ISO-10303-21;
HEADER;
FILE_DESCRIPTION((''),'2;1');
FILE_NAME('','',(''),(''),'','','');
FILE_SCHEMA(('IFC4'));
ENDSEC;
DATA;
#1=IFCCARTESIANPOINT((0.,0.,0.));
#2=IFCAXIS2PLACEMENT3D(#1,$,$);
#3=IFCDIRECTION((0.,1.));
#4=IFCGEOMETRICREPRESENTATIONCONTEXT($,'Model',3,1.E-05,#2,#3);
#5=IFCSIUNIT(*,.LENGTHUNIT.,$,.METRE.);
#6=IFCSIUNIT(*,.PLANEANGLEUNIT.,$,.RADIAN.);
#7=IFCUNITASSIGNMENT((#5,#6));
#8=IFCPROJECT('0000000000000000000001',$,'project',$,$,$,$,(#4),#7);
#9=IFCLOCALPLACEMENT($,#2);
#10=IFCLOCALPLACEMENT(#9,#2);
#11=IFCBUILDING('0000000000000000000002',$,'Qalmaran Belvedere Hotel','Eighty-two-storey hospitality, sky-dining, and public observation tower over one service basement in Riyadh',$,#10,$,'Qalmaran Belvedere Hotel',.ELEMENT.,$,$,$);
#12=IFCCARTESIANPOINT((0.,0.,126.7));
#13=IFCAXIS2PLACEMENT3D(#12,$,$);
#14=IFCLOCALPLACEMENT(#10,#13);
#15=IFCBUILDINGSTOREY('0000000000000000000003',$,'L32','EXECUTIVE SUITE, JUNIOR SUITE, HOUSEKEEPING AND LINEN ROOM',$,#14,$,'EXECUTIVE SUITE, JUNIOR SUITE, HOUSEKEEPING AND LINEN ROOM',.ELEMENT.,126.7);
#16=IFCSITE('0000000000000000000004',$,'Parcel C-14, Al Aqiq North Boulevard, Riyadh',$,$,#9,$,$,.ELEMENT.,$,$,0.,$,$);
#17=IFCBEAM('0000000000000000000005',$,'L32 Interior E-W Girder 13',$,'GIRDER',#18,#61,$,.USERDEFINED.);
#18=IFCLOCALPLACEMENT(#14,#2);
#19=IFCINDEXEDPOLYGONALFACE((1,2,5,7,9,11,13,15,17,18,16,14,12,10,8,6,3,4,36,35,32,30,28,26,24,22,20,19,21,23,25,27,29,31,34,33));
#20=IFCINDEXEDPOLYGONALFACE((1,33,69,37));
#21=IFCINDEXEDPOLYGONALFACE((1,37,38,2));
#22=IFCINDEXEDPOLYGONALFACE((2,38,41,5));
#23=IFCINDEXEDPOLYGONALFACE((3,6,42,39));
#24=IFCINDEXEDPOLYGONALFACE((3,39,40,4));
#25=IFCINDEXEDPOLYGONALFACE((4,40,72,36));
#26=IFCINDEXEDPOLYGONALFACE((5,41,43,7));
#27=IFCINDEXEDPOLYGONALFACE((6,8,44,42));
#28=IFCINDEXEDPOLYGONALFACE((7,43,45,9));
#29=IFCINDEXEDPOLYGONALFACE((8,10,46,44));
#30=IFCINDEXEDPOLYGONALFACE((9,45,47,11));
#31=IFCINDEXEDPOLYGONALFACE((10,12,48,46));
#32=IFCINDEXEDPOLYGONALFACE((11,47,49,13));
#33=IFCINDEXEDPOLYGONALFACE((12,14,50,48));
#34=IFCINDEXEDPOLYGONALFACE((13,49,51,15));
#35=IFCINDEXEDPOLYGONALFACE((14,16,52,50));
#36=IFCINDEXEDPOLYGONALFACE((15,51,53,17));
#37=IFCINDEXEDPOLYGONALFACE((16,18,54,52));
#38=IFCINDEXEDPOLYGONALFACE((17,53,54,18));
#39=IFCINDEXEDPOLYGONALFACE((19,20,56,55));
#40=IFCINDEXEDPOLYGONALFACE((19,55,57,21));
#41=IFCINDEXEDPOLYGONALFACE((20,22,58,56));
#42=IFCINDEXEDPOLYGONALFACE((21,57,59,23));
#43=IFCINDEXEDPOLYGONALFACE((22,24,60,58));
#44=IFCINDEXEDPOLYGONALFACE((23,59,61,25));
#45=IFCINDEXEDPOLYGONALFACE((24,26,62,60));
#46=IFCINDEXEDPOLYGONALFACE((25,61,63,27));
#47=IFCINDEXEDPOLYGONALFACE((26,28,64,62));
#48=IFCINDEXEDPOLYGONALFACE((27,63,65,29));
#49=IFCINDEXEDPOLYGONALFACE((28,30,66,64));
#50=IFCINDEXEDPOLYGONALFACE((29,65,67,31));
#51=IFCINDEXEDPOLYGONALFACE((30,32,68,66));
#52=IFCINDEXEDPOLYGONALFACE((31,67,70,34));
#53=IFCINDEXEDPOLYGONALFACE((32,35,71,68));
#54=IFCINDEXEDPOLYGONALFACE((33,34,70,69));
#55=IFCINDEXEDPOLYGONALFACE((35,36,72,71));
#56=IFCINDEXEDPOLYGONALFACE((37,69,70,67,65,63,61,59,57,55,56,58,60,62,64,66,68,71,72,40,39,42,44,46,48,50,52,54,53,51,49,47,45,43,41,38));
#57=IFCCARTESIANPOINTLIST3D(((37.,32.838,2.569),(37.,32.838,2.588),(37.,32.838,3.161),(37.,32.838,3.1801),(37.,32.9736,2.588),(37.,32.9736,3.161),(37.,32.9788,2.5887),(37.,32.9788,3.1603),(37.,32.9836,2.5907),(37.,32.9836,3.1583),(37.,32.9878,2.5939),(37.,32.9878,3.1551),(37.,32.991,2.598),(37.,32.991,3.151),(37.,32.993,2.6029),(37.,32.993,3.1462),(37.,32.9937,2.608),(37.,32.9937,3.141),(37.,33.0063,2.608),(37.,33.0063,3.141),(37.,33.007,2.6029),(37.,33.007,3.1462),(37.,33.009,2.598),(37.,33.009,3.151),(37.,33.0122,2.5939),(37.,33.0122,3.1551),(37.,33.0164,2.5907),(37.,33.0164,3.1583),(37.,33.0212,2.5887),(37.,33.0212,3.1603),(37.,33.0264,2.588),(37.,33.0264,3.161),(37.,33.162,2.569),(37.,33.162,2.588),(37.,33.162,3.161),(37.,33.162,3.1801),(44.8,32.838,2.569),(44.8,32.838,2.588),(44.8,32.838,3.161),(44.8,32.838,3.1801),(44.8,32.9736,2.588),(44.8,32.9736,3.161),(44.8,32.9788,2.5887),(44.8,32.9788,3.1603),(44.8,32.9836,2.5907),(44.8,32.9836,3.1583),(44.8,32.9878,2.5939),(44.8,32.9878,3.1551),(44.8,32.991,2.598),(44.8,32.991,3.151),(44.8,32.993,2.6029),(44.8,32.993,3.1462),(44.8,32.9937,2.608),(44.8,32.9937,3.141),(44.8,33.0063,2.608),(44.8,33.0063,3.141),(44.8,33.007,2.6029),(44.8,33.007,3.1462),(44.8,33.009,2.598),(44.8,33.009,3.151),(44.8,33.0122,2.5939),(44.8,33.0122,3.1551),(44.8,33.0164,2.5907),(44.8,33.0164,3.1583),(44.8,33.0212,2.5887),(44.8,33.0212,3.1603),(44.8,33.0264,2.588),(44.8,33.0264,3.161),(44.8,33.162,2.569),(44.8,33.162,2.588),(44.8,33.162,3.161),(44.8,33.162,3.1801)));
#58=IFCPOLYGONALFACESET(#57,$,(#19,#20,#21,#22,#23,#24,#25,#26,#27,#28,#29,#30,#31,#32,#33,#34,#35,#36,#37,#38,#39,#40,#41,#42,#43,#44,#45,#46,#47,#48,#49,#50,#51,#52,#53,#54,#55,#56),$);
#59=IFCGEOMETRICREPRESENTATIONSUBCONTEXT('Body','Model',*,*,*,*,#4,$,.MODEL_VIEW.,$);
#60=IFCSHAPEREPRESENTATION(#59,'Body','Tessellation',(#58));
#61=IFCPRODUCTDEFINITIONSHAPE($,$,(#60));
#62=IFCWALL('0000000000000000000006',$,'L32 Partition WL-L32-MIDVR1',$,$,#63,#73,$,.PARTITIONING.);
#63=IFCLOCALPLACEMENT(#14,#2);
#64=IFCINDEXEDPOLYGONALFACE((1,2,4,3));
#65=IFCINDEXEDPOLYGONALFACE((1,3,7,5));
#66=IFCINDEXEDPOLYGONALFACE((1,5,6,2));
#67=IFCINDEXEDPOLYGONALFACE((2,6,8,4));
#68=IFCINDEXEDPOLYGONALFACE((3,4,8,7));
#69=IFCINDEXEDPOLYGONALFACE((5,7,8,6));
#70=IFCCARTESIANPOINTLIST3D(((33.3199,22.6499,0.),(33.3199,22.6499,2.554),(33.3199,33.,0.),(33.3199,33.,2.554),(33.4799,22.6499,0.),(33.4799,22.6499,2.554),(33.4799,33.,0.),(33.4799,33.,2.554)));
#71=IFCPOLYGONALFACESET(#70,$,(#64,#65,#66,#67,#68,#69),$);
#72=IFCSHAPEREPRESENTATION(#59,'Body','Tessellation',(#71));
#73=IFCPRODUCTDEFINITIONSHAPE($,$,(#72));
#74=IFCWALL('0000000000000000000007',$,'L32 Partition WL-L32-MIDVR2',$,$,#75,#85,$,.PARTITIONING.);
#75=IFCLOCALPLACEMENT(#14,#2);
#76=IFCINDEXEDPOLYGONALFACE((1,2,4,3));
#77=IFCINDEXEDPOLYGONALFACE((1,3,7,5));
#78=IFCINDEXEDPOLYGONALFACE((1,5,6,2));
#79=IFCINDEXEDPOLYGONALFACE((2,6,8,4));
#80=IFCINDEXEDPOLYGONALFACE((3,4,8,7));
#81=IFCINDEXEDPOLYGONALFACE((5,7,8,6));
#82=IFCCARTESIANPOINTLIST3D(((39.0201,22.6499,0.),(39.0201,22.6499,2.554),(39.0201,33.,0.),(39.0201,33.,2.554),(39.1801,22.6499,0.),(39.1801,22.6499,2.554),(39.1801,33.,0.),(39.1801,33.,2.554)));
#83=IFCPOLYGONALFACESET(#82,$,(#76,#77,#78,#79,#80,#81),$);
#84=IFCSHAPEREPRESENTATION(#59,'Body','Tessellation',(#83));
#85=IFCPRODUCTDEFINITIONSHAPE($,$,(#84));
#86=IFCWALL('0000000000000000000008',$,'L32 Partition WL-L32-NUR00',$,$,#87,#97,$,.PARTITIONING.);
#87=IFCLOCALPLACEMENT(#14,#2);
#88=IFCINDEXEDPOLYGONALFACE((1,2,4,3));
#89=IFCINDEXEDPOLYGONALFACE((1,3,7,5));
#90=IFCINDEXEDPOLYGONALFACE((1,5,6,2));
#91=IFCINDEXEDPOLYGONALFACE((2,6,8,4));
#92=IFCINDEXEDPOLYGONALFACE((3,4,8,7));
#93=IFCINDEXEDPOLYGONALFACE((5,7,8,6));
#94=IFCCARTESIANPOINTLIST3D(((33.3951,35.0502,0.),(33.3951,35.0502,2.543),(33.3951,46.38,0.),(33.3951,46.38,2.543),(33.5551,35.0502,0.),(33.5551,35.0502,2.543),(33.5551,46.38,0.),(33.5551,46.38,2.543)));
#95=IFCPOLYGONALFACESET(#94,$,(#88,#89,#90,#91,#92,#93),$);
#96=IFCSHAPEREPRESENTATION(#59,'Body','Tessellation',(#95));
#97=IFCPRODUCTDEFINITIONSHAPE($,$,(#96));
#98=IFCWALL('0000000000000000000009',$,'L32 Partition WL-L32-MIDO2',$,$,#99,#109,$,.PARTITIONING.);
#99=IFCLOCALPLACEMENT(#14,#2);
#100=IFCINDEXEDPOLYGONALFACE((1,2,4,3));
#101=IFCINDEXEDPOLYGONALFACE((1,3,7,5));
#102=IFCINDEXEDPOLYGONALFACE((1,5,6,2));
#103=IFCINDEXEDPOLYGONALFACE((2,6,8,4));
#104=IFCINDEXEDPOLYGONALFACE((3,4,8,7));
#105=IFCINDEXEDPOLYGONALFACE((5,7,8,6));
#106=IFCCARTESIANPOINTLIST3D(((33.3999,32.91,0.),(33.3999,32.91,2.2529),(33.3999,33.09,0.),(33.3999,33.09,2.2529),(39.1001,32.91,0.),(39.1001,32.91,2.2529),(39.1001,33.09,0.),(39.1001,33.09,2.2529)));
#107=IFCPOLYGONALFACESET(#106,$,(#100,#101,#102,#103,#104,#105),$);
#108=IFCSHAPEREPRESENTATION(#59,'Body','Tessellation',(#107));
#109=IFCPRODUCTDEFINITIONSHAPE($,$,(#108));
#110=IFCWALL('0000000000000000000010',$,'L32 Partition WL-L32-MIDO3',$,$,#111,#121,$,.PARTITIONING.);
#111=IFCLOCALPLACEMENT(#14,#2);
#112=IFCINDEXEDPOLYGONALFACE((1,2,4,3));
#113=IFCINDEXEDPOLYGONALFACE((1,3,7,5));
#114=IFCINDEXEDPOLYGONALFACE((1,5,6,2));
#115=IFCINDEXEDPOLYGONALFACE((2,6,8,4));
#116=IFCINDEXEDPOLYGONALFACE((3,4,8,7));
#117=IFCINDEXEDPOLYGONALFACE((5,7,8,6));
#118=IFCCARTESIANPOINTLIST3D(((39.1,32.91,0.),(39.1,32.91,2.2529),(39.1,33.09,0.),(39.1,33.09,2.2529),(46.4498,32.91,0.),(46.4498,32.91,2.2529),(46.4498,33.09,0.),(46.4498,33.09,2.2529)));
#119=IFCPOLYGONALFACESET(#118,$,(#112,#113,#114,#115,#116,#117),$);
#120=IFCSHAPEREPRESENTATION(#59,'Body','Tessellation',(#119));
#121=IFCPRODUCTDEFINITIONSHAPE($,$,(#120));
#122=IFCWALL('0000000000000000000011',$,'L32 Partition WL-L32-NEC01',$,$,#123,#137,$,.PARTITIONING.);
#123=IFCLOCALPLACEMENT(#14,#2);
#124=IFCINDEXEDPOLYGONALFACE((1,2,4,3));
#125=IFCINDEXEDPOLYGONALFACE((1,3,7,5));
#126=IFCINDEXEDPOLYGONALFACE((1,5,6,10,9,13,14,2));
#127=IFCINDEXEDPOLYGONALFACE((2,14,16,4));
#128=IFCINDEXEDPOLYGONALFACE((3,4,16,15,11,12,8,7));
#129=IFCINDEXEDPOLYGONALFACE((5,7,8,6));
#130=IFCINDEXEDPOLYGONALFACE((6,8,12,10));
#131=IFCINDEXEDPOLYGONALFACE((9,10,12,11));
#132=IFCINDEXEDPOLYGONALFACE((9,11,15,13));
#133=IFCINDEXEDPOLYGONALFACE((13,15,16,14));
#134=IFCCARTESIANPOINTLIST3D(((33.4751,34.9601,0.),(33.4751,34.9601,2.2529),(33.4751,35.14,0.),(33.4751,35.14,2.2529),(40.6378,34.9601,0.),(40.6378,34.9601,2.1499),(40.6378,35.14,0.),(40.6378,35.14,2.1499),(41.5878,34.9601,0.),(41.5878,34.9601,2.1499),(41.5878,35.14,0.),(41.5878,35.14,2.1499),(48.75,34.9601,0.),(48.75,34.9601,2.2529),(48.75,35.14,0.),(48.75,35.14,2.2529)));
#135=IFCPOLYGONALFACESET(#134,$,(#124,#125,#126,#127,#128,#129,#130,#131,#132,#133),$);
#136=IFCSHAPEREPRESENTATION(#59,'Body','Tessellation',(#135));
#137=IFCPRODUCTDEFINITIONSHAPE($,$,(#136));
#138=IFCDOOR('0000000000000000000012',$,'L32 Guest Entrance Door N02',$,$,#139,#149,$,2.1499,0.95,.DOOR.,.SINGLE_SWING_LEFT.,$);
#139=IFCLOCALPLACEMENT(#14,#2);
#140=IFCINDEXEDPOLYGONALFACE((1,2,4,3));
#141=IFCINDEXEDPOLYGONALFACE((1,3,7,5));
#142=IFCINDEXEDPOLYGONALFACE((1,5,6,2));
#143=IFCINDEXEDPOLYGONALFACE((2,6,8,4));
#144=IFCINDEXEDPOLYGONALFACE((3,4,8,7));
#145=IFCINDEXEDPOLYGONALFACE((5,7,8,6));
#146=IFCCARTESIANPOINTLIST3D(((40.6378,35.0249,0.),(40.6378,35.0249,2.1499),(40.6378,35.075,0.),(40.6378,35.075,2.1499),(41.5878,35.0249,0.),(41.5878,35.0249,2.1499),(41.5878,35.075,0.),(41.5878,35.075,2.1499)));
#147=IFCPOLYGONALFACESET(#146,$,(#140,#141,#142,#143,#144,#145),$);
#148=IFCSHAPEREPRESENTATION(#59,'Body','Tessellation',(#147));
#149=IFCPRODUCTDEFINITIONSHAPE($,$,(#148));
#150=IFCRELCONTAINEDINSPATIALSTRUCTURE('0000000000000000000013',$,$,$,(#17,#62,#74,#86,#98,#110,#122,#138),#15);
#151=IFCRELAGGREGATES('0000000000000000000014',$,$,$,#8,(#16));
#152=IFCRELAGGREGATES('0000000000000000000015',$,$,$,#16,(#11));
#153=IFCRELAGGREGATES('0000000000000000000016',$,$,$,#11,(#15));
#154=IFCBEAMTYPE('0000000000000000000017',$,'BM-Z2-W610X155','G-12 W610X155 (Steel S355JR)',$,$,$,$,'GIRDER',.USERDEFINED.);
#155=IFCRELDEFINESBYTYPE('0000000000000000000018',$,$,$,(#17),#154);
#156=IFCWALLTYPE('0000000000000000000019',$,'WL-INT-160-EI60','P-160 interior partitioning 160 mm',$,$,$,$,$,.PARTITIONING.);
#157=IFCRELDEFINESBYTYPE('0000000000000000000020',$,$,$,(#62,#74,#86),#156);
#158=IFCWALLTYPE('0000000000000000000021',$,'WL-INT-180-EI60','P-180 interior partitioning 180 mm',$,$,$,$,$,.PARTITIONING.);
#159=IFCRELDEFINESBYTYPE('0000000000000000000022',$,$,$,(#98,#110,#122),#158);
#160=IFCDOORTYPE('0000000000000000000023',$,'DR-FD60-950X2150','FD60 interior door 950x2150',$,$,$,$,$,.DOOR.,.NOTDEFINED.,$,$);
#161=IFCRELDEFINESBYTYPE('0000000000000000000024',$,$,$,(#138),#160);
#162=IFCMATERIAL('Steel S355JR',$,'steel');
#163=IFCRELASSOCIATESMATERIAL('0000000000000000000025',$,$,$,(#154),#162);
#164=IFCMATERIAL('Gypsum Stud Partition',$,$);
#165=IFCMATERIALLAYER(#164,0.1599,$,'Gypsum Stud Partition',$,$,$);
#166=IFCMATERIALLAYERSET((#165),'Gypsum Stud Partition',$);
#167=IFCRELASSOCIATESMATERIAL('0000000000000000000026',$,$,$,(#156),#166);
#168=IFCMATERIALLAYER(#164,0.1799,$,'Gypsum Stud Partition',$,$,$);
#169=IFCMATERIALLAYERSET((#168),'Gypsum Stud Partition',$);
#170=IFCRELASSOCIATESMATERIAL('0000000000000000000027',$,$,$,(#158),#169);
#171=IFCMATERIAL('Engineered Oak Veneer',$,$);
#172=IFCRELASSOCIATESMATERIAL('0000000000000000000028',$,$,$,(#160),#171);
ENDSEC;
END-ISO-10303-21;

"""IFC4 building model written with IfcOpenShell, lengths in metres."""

from ifc_helpers import new_model, si_unit, direction, frame, frame_2d, origin, origin_2d, place, context, subcontext, project, spatial, rectangle, i_section, extrude, material, layer, layer_set, material_profile, profile_set, type_object, element, fill, save


model = new_model("IFC4")

# Units and contexts
model_context = context("Model", 3, precision=1e-05, world=origin(), true_north=direction((0.0, 1.0)))
body_context = subcontext(model_context, "Body", "Model", "MODEL_VIEW")
ifc_project = project(units=[si_unit("LENGTHUNIT", "METRE"), si_unit("PLANEANGLEUNIT", "RADIAN")], contexts=[model_context])

# Site, building, storey
site_placement = place(None, origin())
site = spatial("IfcSite", under=ifc_project, at=site_placement, Name="Parcel C-14, Al Aqiq North Boulevard, Riyadh", CompositionType="ELEMENT", RefElevation=0.0)
building_placement = place(site_placement, origin())
building = spatial("IfcBuilding", under=site, at=building_placement, Name="Qalmaran Belvedere Hotel", Description="Eighty-two-storey hospitality, sky-dining, and public observation tower over one service basement in Riyadh", LongName="Qalmaran Belvedere Hotel", CompositionType="ELEMENT")
storey_placement = place(building_placement, frame((0.0, 0.0, 126.7)))
storey = spatial("IfcBuildingStorey", under=building, at=storey_placement, Name="L32", Description="EXECUTIVE SUITE, JUNIOR SUITE, HOUSEKEEPING AND LINEN ROOM", LongName="EXECUTIVE SUITE, JUNIOR SUITE, HOUSEKEEPING AND LINEN ROOM", CompositionType="ELEMENT", Elevation=126.7)

# Beam
ifc_material_1 = material(Name="Steel S355JR", Category="steel")
ifc_material_profile_1 = material_profile(ifc_material_1, i_section(OverallWidth=0.324, OverallDepth=0.6111, WebThickness=0.0127, FlangeThickness=0.019, FilletRadius=0.02, at=origin_2d()), Name="W610X155")
ifc_profile_set_1 = profile_set([ifc_material_profile_1], Name="Steel S355JR")
beam_type_1 = type_object("IfcBeamType", Name="BM-Z2-W610X155", Description="G-12 W610X155 (Steel S355JR)", ElementType="GIRDER", PredefinedType="USERDEFINED", material=ifc_profile_set_1)
beam_1_placement = place(storey_placement, frame((37.0, 33.0, 2.8745), z_axis=(1.0, 0.0, 0.0), x_axis=(0.0, 1.0, 0.0)))
element("IfcBeam", 1, at=beam_1_placement, inside=storey, type_object=beam_type_1, Name="L32 Interior E-W Girder 13", ObjectType="GIRDER", PredefinedType="USERDEFINED", context=body_context, shape_type="SweptSolid", body=[
    extrude(i_section(OverallWidth=0.324, OverallDepth=0.6111, WebThickness=0.0127, FlangeThickness=0.019, FilletRadius=0.02, at=origin_2d()), origin(), (0.0, 0.0, 1.0), 7.8),
])

# Shared definitions
ifc_material_2 = material(Name="Gypsum Stud Partition")

# Walls
ifc_layer_1 = layer(ifc_material_2, 0.1599, Name="Gypsum Stud Partition")
ifc_layer_set_1 = layer_set([ifc_layer_1], Name="Gypsum Stud Partition")
wall_type_1 = type_object("IfcWallType", Name="WL-INT-160-EI60", Description="P-160 interior partitioning 160 mm", PredefinedType="PARTITIONING", material=ifc_layer_set_1)
for number, where, z_axis, x_axis, name in (
    (2, (33.3999, 22.6499, 0.0), (0.0, 0.0, 1.0), (0.0, 1.0, 0.0), "L32 Partition WL-L32-MIDVR1"),
    (3, (39.1001, 22.6499, 0.0), (0.0, 0.0, 1.0), (0.0, 1.0, 0.0), "L32 Partition WL-L32-MIDVR2"),
):
    element("IfcWall", number, at=place(storey_placement, frame(where, z_axis=z_axis, x_axis=x_axis)), inside=storey, type_object=wall_type_1, Name=name, PredefinedType="PARTITIONING", context=body_context, shape_type="SweptSolid", body=[
        extrude(rectangle(XDim=10.3501, YDim=0.1599, at=frame_2d((5.175, 0.0))), origin(), (0.0, 0.0, 1.0), 2.554),
    ])
wall_1_placement = place(storey_placement, frame((33.4751, 35.05, 0.0), z_axis=(0.0, 0.0, 1.0), x_axis=(0.0, 1.0, 0.0)))
element("IfcWall", 4, at=wall_1_placement, inside=storey, type_object=wall_type_1, Name="L32 Partition WL-L32-NUR00", PredefinedType="PARTITIONING", context=body_context, shape_type="SweptSolid", body=[
    extrude(rectangle(XDim=11.3298, YDim=0.1599, at=frame_2d((5.665, 0.0))), origin(), (0.0, 0.0, 1.0), 2.543),
])

# Shared definitions
ifc_layer_2 = layer(ifc_material_2, 0.1799, Name="Gypsum Stud Partition")
ifc_layer_set_2 = layer_set([ifc_layer_2], Name="Gypsum Stud Partition")
wall_type_2 = type_object("IfcWallType", Name="WL-INT-180-EI60", Description="P-180 interior partitioning 180 mm", PredefinedType="PARTITIONING", material=ifc_layer_set_2)
ifc_material_3 = material(Name="Engineered Oak Veneer")
door_type_1 = type_object("IfcDoorType", Name="DR-FD60-950X2150", Description="FD60 interior door 950x2150", OperationType="NOTDEFINED", PredefinedType="DOOR", material=ifc_material_3)

# Wall
wall_2_placement = place(storey_placement, frame((33.3999, 33.0, 0.0), z_axis=(0.0, 0.0, 1.0), x_axis=(1.0, 0.0, 0.0)))
element("IfcWall", 5, at=wall_2_placement, inside=storey, type_object=wall_type_2, Name="L32 Partition WL-L32-MIDO2", PredefinedType="PARTITIONING", context=body_context, shape_type="SweptSolid", body=[
    extrude(rectangle(XDim=5.7002, YDim=0.1799, at=frame_2d((2.8501, 0.0))), origin(), (0.0, 0.0, 1.0), 2.2529),
])

# Wall
wall_3_placement = place(storey_placement, frame((39.1001, 33.0, 0.0), z_axis=(0.0, 0.0, 1.0), x_axis=(1.0, 0.0, 0.0)))
element("IfcWall", 6, at=wall_3_placement, inside=storey, type_object=wall_type_2, Name="L32 Partition WL-L32-MIDO3", PredefinedType="PARTITIONING", context=body_context, shape_type="SweptSolid", body=[
    extrude(rectangle(XDim=7.3499, YDim=0.1799, at=frame_2d((3.6748, 0.0))), origin(), (0.0, 0.0, 1.0), 2.2529),
])

# Wall, opening, door
wall_4_placement = place(storey_placement, frame((33.4751, 35.05, 0.0), z_axis=(0.0, 0.0, 1.0), x_axis=(1.0, 0.0, 0.0)))
wall_4 = element("IfcWall", 7, at=wall_4_placement, inside=storey, type_object=wall_type_2, Name="L32 Partition WL-L32-NEC01", PredefinedType="PARTITIONING", context=body_context, shape_type="SweptSolid", body=[
    extrude(rectangle(XDim=15.2749, YDim=0.1799, at=frame_2d((7.6375, 0.0))), origin(), (0.0, 0.0, 1.0), 2.2529),
])
opening_1_placement = place(wall_4_placement, frame((7.1626, 0.0, 0.0)))
opening_1 = element("IfcOpeningElement", 8, at=opening_1_placement, cuts=wall_4, PredefinedType="OPENING", context=body_context, shape_type="SweptSolid", body=[
    extrude(rectangle(XDim=0.95, YDim=2.1499, at=frame_2d((0.4751, 1.075))), frame((0.0, 0.1001, 0.0), z_axis=(0.0, -1.0, 0.0), x_axis=(1.0, 0.0, 0.0)), (0.0, 0.0, 1.0), 0.2),
])
door_1_placement = place(opening_1_placement, origin())
door_1 = element("IfcDoor", 9, at=door_1_placement, inside=storey, type_object=door_type_1, Name="L32 Guest Entrance Door N02", OperationType="SINGLE_SWING_LEFT", OverallHeight=2.1499, OverallWidth=0.95, PredefinedType="DOOR", context=body_context, shape_type="SweptSolid", body=[
    extrude(rectangle(XDim=0.95, YDim=2.1499, at=frame_2d((0.4751, 1.075))), frame((0.0, 0.0249, 0.0), z_axis=(0.0, -1.0, 0.0), x_axis=(1.0, 0.0, 0.0)), (0.0, 0.0, 1.0), 0.05),
])
fill(opening_1, door_1)

save(model, "model.ifc")
